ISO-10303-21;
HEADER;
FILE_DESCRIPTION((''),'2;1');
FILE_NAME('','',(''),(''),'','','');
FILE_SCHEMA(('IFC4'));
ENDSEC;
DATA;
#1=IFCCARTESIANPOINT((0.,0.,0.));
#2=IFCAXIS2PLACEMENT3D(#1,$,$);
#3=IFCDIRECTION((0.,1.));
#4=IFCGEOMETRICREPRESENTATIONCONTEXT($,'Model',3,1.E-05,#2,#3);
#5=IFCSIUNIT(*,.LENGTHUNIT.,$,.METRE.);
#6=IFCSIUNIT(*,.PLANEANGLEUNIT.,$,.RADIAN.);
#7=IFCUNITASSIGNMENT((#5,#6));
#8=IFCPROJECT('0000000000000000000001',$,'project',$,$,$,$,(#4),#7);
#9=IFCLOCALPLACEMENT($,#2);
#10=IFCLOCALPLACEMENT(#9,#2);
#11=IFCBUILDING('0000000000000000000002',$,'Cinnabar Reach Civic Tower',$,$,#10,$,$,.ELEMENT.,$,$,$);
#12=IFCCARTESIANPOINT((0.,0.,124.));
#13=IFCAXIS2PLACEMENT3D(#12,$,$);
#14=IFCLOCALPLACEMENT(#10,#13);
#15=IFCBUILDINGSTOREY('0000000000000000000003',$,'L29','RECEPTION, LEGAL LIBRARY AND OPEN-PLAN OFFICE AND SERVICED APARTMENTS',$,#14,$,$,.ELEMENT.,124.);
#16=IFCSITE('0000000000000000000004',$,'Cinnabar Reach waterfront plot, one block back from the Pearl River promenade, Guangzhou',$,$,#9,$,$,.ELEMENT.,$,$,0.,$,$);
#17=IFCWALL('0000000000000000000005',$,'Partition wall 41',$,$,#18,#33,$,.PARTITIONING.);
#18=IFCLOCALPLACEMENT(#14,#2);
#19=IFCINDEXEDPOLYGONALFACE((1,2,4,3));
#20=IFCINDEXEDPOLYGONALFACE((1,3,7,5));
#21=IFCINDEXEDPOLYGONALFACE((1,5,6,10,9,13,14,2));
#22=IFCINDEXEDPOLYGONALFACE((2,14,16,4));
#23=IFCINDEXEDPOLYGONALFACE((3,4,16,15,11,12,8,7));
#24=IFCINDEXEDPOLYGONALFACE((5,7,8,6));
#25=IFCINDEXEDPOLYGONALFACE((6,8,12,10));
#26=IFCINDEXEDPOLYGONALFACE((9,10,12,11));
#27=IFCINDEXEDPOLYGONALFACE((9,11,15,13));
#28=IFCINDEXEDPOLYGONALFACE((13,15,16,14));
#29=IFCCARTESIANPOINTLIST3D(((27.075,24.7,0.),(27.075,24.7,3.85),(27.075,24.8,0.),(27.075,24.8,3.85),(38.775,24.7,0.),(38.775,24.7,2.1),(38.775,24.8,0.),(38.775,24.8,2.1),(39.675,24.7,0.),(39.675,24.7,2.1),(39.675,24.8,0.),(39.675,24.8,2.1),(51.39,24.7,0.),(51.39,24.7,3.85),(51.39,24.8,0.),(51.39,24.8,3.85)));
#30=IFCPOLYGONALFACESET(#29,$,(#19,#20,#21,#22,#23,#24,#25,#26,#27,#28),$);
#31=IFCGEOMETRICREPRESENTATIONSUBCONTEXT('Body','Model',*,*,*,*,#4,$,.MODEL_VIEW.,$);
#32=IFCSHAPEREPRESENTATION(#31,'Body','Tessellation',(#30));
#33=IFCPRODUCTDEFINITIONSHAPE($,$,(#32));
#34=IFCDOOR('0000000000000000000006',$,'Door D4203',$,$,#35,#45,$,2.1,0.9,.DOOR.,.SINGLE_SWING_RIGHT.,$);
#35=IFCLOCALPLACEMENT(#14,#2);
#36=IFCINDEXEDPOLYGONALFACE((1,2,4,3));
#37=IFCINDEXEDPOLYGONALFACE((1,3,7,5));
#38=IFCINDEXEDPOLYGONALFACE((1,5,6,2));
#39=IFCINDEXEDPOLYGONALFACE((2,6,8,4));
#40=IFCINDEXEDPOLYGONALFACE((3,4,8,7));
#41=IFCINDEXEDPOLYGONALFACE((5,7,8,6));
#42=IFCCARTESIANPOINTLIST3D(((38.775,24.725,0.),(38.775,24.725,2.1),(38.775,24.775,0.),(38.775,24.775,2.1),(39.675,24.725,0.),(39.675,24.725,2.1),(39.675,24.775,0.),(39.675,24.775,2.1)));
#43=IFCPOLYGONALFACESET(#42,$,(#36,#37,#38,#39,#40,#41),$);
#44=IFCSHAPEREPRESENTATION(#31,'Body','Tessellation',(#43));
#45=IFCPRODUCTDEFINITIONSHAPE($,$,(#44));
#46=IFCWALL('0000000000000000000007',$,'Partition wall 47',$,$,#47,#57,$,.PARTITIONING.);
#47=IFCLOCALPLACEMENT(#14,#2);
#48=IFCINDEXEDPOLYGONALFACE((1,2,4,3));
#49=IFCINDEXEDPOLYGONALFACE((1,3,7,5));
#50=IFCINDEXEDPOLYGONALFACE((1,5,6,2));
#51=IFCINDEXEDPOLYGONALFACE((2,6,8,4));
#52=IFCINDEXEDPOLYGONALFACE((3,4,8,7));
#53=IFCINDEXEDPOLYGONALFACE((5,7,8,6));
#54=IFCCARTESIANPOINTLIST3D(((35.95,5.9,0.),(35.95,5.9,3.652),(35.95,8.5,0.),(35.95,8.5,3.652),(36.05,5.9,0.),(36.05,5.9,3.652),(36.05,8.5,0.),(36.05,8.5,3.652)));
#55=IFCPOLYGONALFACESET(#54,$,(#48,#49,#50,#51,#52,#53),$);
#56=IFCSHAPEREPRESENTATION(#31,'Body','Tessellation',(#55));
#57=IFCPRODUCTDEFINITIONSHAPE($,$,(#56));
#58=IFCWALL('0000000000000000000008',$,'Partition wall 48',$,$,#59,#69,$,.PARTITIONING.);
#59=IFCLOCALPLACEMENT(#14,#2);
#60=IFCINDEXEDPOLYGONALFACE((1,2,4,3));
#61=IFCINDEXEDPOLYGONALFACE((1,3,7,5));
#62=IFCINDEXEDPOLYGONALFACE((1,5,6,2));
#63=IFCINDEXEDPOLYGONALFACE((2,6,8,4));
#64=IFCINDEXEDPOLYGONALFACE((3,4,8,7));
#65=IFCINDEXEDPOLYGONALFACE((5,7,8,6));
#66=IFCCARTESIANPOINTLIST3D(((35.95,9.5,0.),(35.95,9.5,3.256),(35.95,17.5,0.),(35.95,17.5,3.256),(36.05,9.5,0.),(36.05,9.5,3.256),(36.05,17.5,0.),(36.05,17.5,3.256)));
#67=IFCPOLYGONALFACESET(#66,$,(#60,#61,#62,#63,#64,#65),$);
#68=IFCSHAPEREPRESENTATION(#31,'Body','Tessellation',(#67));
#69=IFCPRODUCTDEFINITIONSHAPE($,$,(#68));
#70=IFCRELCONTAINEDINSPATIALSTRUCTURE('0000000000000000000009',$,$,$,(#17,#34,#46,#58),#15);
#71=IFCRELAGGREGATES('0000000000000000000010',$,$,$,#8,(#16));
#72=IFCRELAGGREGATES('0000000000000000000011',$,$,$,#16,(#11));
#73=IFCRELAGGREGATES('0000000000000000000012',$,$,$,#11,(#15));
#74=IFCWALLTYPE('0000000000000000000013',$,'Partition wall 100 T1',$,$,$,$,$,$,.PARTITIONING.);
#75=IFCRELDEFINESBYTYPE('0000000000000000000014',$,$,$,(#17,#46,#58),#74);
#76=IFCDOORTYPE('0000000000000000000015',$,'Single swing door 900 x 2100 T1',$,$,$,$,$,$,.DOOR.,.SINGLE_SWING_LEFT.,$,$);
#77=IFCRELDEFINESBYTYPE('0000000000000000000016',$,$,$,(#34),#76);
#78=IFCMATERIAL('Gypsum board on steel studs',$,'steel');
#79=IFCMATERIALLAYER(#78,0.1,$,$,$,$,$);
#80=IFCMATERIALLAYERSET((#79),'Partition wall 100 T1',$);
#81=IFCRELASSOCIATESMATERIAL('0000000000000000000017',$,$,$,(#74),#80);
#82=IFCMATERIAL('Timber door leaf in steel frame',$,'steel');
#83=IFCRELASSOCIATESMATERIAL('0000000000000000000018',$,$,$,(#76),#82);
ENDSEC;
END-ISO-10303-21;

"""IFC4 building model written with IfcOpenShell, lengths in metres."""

from ifc_helpers import new_model, si_unit, direction, frame, frame_2d, origin, place, context, subcontext, project, spatial, rectangle, extrude, material, layer, layer_set, type_object, element, fill, save


model = new_model("IFC4")

# Units and contexts
model_context = context("Model", 3, precision=1e-05, world=origin(), true_north=direction((0.0, 1.0)))
body_context = subcontext(model_context, "Body", "Model", "MODEL_VIEW")
ifc_project = project(units=[si_unit("LENGTHUNIT", "METRE"), si_unit("PLANEANGLEUNIT", "RADIAN")], contexts=[model_context])

# Site, building, storey
site_placement = place(None, origin())
site = spatial("IfcSite", under=ifc_project, at=site_placement, Name="Cinnabar Reach waterfront plot, one block back from the Pearl River promenade, Guangzhou", CompositionType="ELEMENT", RefElevation=0.0)
building_placement = place(site_placement, origin())
building = spatial("IfcBuilding", under=site, at=building_placement, Name="Cinnabar Reach Civic Tower", CompositionType="ELEMENT")
storey_placement = place(building_placement, frame((0.0, 0.0, 124.0)))
storey = spatial("IfcBuildingStorey", under=building, at=storey_placement, Name="L29", Description="RECEPTION, LEGAL LIBRARY AND OPEN-PLAN OFFICE AND SERVICED APARTMENTS", CompositionType="ELEMENT", Elevation=124.0)

# Shared definitions
ifc_material_1 = material(Name="Timber door leaf in steel frame", Category="steel")

# Wall, opening, door
ifc_material_2 = material(Name="Gypsum board on steel studs", Category="steel")
ifc_layer_1 = layer(ifc_material_2, 0.1)
ifc_layer_set_1 = layer_set([ifc_layer_1], Name="Partition wall 100 T1")
wall_type_1 = type_object("IfcWallType", Name="Partition wall 100 T1", PredefinedType="PARTITIONING", material=ifc_layer_set_1)
wall_1_placement = place(storey_placement, frame((27.075, 24.75, 0.0), z_axis=(0.0, 0.0, 1.0), x_axis=(1.0, 0.0, 0.0)))
wall_1 = element("IfcWall", 1, at=wall_1_placement, inside=storey, type_object=wall_type_1, Name="Partition wall 41", PredefinedType="PARTITIONING", context=body_context, shape_type="SweptSolid", body=[
    extrude(rectangle(XDim=24.315, YDim=0.1, at=frame_2d((12.1575, 0.0))), origin(), (0.0, 0.0, 1.0), 3.85),
])
opening_1_placement = place(wall_1_placement, frame((11.7, 0.0, 0.0)))
opening_1 = element("IfcOpeningElement", 2, at=opening_1_placement, cuts=wall_1, PredefinedType="OPENING", context=body_context, shape_type="SweptSolid", body=[
    extrude(rectangle(XDim=0.9, YDim=2.1, at=frame_2d((0.45, 1.05))), frame((0.0, 0.06, 0.0), z_axis=(0.0, -1.0, 0.0), x_axis=(1.0, 0.0, 0.0)), (0.0, 0.0, 1.0), 0.12),
])
door_type_1 = type_object("IfcDoorType", Name="Single swing door 900 x 2100 T1", OperationType="SINGLE_SWING_LEFT", PredefinedType="DOOR", material=ifc_material_1)
door_1_placement = place(opening_1_placement, frame((0.9, 0.0, 0.0), z_axis=(0.0, 0.0, 1.0), x_axis=(-1.0, 0.0, 0.0)))
door_1 = element("IfcDoor", 3, at=door_1_placement, inside=storey, type_object=door_type_1, Name="Door D4203", OperationType="SINGLE_SWING_RIGHT", OverallHeight=2.1, OverallWidth=0.9, PredefinedType="DOOR", context=body_context, shape_type="SweptSolid", body=[
    extrude(rectangle(XDim=0.9, YDim=2.1, at=frame_2d((0.45, 1.05))), frame((0.0, 0.025, 0.0), z_axis=(0.0, -1.0, 0.0), x_axis=(1.0, 0.0, 0.0)), (0.0, 0.0, 1.0), 0.05),
])
fill(opening_1, door_1)

# Walls
wall_2_placement = place(storey_placement, frame((36.0, 5.9, 0.0), z_axis=(0.0, 0.0, 1.0), x_axis=(0.0, 1.0, 0.0)))
element("IfcWall", 4, at=wall_2_placement, inside=storey, type_object=wall_type_1, Name="Partition wall 47", PredefinedType="PARTITIONING", context=body_context, shape_type="SweptSolid", body=[
    extrude(rectangle(XDim=2.6, YDim=0.1, at=frame_2d((1.3, 0.0))), origin(), (0.0, 0.0, 1.0), 3.652),
])
wall_3_placement = place(storey_placement, frame((36.0, 9.5, 0.0), z_axis=(0.0, 0.0, 1.0), x_axis=(0.0, 1.0, 0.0)))
element("IfcWall", 5, at=wall_3_placement, inside=storey, type_object=wall_type_1, Name="Partition wall 48", PredefinedType="PARTITIONING", context=body_context, shape_type="SweptSolid", body=[
    extrude(rectangle(XDim=8.0, YDim=0.1, at=frame_2d((4.0, 0.0))), origin(), (0.0, 0.0, 1.0), 3.256),
])

save(model, "model.ifc")
